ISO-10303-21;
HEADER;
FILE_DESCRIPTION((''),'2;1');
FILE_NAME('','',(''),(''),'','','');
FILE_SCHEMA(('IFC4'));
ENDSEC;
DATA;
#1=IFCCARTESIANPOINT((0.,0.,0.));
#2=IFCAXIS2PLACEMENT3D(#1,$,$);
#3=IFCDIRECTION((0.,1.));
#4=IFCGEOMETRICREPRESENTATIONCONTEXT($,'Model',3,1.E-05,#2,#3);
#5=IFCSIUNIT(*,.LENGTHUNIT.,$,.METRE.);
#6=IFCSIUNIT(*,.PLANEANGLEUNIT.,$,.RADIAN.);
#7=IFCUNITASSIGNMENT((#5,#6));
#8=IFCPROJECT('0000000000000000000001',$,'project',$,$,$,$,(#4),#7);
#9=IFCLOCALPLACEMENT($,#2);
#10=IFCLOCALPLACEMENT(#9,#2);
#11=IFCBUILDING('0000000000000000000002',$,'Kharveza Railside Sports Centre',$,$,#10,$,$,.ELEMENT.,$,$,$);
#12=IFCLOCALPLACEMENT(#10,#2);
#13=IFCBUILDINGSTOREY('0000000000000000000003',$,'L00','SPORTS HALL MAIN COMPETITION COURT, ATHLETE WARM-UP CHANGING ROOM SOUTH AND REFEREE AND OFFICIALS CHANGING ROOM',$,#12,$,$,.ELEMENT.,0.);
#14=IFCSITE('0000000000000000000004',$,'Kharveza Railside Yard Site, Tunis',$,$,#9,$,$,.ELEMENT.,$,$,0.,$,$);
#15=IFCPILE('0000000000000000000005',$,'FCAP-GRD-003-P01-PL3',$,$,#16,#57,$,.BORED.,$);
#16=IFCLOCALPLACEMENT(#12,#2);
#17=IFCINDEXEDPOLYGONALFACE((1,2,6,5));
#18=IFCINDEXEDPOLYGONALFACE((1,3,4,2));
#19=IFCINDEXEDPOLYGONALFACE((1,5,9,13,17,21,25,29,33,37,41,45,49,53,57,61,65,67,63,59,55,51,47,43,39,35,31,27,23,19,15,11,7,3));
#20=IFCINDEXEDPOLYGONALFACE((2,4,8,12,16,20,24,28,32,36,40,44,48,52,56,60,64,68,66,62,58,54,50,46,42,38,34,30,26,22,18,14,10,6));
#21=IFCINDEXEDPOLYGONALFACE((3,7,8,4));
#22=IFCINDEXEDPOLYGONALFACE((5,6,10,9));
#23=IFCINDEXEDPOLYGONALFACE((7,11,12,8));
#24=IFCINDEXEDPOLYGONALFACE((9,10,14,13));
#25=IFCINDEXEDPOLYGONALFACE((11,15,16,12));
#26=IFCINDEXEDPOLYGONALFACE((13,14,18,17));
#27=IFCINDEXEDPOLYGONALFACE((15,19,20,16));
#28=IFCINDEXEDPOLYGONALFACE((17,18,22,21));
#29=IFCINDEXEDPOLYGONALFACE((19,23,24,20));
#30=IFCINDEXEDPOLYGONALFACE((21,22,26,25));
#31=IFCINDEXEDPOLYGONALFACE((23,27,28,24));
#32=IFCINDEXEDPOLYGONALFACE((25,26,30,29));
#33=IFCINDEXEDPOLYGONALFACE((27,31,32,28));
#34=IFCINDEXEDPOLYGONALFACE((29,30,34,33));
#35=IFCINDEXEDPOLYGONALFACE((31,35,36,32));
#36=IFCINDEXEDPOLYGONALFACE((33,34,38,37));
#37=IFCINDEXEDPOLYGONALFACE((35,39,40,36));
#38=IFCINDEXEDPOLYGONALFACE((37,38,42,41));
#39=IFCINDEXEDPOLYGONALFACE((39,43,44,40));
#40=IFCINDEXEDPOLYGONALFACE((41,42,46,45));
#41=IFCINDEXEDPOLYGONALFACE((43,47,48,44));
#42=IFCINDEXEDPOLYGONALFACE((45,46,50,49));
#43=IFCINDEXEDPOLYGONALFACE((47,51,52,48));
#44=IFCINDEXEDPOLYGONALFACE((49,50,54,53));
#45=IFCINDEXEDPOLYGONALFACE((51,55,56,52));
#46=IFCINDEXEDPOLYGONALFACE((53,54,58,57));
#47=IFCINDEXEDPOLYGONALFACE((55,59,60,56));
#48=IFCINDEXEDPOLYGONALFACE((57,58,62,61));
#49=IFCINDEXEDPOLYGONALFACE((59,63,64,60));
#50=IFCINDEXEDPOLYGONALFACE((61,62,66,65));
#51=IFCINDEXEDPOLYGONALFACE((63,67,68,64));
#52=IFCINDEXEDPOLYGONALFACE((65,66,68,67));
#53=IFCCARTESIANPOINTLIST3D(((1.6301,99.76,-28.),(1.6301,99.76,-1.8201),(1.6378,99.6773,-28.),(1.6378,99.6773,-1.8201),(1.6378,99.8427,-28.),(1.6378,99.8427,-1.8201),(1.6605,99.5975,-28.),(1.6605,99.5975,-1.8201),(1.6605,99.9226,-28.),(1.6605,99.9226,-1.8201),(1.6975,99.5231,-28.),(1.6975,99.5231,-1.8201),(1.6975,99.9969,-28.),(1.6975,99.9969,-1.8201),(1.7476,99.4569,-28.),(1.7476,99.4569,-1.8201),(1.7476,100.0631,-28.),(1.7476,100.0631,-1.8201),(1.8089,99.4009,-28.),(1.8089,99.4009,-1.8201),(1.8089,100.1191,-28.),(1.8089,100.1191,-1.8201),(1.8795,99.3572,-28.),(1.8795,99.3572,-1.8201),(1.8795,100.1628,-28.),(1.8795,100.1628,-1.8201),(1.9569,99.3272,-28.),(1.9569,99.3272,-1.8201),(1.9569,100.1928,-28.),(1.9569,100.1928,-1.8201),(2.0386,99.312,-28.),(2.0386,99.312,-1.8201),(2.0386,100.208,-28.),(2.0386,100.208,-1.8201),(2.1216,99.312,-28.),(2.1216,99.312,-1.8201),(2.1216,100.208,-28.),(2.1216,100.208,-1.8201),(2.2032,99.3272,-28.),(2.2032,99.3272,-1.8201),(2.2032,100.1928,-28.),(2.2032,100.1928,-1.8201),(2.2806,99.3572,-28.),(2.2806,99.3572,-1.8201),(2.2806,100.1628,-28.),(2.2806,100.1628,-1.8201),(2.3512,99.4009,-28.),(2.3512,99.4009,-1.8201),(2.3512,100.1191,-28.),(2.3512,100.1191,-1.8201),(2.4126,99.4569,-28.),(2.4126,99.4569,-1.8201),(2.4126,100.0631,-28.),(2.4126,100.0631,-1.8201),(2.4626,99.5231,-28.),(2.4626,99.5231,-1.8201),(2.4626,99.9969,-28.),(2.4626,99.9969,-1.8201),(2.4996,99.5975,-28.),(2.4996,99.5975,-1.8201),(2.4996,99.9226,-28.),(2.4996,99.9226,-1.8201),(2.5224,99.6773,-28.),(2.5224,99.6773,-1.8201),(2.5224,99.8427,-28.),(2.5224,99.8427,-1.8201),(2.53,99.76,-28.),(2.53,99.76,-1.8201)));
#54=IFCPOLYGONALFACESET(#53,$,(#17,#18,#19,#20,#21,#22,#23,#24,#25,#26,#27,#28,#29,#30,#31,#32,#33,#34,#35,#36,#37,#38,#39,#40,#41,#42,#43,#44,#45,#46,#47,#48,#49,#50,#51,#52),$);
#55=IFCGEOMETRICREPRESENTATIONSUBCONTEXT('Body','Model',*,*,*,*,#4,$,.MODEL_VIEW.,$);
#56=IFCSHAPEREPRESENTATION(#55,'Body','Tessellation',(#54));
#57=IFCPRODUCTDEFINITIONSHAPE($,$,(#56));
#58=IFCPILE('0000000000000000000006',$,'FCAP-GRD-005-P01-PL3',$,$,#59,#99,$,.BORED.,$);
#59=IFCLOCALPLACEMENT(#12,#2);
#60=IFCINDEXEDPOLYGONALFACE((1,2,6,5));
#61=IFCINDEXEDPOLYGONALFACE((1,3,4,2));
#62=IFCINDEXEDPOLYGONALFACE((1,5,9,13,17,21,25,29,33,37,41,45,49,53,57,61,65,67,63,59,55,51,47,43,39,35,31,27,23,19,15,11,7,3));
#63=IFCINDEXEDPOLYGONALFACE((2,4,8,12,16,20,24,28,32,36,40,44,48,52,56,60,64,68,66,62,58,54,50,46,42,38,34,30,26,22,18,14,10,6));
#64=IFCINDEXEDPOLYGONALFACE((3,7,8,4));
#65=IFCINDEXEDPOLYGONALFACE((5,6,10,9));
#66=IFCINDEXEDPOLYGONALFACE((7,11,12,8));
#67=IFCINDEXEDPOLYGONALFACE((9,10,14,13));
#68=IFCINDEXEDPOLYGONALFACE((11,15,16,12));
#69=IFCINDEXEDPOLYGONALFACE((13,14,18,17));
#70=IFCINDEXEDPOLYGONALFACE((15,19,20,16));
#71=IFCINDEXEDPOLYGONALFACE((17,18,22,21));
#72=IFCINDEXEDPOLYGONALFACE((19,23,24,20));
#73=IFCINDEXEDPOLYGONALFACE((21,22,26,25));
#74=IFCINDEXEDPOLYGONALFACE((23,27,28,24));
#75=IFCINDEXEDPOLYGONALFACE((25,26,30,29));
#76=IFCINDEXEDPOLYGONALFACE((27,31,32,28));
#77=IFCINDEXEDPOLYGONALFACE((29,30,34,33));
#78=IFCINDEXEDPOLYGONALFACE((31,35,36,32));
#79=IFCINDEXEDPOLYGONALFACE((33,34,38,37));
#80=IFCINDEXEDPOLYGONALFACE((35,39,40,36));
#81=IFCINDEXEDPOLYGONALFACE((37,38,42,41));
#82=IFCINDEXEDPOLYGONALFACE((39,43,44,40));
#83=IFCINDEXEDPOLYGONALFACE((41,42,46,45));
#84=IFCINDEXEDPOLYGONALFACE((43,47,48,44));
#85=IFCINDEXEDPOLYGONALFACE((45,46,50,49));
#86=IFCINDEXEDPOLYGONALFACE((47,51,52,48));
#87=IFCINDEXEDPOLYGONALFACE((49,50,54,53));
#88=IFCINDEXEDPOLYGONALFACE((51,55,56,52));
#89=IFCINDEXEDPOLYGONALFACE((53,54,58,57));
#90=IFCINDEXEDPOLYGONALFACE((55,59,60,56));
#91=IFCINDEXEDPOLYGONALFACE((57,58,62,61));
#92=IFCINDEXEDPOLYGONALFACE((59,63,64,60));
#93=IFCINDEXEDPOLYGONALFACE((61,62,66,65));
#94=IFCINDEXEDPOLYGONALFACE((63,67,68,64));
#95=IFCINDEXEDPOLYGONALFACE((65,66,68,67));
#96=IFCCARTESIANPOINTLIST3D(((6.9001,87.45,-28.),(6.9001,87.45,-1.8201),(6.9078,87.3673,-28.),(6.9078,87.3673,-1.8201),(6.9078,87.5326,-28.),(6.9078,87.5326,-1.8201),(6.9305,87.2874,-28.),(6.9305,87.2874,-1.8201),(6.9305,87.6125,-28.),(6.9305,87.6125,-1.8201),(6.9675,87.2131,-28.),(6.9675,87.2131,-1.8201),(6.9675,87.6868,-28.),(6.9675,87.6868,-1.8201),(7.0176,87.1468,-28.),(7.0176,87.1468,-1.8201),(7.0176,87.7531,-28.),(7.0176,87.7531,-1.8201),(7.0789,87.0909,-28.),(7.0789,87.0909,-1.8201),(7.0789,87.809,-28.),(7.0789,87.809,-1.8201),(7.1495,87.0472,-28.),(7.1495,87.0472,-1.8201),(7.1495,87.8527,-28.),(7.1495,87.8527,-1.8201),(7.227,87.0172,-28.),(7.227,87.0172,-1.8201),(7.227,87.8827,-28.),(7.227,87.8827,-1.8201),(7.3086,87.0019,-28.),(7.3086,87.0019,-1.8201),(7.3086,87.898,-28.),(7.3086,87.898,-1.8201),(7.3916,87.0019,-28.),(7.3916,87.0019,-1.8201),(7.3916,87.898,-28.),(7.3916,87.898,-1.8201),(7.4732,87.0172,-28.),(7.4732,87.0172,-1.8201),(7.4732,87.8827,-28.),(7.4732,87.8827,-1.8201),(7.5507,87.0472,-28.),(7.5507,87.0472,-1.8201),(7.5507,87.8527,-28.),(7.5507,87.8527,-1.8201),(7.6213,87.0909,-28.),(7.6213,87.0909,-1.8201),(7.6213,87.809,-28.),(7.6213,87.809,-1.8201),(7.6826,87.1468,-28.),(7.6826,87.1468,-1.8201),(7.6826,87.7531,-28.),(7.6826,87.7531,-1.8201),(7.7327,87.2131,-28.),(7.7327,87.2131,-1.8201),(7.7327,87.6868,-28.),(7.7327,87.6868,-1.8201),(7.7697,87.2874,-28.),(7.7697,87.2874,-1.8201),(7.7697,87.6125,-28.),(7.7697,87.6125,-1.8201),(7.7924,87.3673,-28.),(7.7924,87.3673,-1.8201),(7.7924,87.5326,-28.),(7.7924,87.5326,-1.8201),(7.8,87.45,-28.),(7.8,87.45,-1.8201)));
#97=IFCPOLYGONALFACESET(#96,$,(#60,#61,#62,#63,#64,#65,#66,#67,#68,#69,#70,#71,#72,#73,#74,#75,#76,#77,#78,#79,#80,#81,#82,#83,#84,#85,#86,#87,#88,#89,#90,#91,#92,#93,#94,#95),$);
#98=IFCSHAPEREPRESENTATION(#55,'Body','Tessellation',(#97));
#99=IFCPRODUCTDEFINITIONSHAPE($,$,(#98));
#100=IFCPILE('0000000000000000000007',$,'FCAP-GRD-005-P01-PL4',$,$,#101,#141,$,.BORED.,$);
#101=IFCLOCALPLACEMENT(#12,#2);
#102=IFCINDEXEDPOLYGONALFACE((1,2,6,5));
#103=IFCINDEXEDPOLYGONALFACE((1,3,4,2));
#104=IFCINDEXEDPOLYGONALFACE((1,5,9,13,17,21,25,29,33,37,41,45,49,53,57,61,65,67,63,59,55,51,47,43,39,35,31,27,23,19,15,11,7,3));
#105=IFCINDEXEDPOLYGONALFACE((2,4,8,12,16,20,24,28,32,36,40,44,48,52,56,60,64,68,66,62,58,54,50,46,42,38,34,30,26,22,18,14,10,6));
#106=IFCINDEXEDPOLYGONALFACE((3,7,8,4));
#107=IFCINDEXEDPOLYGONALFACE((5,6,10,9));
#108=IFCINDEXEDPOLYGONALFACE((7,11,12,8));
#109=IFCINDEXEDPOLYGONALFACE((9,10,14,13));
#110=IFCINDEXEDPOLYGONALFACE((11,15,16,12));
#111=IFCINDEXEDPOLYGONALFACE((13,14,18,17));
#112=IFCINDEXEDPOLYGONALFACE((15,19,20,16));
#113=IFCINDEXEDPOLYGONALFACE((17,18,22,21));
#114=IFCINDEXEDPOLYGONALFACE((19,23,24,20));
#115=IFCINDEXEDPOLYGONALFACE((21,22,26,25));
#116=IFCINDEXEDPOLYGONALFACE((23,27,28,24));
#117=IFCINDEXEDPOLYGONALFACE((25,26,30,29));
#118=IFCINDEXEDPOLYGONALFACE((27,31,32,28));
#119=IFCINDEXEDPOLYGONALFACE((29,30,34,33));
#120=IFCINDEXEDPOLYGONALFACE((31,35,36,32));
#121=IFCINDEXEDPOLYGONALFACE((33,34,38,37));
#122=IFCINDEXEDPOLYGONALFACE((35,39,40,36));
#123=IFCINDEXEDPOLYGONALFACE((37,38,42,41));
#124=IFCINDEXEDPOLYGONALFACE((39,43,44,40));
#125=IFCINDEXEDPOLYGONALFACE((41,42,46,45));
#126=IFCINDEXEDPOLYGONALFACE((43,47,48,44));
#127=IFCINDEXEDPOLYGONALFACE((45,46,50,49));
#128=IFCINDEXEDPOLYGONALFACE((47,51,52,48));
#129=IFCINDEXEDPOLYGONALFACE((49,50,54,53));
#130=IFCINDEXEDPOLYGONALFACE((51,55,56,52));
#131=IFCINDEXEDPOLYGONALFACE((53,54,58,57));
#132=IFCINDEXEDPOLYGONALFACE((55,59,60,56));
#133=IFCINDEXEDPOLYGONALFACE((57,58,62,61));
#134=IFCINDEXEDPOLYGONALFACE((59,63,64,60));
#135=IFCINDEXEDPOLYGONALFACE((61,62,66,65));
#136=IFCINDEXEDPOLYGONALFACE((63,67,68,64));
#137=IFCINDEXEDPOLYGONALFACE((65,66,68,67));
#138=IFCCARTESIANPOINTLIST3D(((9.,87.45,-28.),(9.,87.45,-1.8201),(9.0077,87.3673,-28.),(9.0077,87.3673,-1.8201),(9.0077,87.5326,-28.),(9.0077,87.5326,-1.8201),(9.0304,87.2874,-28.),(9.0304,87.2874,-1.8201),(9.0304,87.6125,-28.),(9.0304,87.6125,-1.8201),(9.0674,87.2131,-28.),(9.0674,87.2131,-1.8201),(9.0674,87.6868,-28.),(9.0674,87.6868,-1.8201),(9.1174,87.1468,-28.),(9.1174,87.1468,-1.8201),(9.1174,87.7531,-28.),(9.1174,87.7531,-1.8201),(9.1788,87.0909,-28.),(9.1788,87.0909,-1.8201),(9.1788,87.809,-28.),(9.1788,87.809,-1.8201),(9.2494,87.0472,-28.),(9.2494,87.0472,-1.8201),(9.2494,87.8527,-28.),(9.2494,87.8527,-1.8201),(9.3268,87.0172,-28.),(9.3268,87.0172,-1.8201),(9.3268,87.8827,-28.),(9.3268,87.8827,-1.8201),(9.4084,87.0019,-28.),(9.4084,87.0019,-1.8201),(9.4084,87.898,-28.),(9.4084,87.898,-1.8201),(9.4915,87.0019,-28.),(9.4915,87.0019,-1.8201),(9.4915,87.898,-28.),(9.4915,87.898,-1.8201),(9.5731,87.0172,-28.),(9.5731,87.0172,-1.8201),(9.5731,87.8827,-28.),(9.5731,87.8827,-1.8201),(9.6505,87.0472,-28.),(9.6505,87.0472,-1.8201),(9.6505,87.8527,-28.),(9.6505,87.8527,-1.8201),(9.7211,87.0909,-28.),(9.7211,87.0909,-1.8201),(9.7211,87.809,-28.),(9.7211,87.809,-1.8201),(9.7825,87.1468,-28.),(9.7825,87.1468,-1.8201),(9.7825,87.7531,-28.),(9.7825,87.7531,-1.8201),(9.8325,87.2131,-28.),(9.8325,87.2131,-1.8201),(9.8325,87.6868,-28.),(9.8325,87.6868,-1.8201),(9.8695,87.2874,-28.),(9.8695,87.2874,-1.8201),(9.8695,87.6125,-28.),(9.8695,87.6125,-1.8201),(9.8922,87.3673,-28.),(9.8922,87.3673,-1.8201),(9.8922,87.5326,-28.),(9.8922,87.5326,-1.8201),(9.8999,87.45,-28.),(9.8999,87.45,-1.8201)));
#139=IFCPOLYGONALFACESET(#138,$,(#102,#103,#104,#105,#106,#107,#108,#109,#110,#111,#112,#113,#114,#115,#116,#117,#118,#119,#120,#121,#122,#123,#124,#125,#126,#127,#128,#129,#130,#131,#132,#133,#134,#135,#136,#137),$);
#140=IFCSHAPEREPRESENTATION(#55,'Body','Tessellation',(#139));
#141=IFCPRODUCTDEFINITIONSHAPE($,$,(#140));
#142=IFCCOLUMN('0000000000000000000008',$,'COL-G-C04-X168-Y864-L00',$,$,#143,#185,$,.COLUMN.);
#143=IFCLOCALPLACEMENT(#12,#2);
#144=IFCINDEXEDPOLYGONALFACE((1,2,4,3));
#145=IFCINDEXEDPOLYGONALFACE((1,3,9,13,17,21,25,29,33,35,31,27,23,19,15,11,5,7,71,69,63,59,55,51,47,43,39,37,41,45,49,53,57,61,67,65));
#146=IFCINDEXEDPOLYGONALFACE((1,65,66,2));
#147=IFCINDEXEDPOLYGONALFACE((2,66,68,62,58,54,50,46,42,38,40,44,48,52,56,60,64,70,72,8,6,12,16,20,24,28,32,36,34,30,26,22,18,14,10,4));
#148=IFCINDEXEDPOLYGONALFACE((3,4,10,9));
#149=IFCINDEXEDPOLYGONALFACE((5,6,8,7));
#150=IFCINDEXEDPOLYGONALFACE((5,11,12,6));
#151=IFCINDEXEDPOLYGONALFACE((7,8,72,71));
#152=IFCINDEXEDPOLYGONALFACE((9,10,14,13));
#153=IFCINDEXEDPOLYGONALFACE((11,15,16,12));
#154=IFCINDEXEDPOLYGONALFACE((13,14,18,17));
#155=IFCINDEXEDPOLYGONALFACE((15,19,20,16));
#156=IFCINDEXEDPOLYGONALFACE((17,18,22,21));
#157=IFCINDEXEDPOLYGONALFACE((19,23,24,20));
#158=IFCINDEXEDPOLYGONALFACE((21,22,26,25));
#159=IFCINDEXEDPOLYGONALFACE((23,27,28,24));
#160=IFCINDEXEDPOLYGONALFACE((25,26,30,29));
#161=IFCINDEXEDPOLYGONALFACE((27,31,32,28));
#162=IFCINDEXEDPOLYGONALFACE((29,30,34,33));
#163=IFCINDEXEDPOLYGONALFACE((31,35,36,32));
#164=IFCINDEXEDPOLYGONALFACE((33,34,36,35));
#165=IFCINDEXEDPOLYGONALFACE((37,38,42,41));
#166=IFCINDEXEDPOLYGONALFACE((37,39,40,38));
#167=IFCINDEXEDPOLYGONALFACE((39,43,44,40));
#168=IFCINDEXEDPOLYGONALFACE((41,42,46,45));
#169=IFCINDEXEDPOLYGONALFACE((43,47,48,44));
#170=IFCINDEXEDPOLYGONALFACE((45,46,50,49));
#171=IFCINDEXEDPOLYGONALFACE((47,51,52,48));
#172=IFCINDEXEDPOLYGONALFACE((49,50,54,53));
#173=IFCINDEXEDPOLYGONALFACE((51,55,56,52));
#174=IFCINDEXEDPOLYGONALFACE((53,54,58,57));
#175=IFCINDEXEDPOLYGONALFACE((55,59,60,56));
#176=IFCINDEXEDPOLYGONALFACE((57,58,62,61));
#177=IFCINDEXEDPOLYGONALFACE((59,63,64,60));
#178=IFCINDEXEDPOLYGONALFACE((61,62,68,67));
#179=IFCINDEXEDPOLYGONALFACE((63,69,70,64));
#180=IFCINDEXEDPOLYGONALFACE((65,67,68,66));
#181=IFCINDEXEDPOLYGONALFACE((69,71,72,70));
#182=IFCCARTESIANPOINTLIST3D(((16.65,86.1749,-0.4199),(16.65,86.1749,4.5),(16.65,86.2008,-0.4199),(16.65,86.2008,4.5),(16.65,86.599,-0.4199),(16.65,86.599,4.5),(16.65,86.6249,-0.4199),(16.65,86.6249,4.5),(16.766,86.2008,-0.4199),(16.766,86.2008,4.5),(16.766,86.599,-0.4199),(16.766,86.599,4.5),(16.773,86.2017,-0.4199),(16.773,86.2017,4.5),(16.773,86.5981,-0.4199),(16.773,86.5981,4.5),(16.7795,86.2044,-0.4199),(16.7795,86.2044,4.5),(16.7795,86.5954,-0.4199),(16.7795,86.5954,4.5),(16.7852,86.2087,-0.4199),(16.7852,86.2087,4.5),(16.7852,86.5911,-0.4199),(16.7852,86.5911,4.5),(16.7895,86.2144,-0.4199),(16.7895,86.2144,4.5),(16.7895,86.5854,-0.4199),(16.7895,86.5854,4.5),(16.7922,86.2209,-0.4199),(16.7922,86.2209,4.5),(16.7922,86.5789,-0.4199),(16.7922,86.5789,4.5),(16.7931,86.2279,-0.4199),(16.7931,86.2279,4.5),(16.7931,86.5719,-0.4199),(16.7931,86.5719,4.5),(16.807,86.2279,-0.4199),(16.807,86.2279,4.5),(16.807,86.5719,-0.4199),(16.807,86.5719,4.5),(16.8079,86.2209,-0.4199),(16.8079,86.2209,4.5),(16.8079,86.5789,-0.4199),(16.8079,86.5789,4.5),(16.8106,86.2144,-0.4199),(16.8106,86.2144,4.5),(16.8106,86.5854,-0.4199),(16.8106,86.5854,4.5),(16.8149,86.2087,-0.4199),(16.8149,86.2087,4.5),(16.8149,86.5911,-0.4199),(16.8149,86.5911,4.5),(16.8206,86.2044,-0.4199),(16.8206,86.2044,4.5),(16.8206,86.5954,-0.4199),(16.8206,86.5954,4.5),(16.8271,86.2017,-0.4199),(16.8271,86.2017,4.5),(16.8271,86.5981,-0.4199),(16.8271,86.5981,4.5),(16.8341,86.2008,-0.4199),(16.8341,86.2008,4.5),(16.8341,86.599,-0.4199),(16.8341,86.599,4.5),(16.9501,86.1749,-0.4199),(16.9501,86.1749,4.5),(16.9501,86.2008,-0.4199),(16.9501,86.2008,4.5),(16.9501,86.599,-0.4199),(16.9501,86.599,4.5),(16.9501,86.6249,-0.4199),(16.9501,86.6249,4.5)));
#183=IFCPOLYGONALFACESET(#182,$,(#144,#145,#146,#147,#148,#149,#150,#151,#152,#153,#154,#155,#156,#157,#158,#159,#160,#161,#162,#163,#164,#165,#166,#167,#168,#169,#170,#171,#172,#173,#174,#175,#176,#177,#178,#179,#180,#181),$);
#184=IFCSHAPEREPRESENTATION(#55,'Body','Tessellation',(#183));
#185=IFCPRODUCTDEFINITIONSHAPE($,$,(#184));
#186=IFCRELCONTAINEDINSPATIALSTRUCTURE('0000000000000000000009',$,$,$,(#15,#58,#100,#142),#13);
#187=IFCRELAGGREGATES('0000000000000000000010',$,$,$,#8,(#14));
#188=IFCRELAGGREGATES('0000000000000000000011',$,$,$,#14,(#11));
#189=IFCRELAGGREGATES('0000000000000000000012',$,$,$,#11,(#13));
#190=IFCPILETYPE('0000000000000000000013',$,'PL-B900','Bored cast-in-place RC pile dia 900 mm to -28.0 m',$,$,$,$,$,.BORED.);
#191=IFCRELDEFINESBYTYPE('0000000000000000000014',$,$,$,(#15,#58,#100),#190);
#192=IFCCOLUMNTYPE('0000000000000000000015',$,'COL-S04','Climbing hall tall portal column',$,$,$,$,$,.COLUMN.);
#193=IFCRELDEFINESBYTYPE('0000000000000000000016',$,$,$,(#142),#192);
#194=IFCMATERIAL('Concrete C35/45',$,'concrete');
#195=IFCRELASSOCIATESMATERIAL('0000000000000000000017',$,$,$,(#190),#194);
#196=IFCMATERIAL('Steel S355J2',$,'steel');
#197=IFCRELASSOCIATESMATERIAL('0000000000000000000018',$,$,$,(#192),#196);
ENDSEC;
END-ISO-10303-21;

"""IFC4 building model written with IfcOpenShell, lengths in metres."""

from ifc_helpers import new_model, si_unit, direction, frame, origin, origin_2d, place, context, subcontext, project, spatial, circle, i_section, extrude, material, material_profile, profile_set, type_object, element, save


model = new_model("IFC4")

# Units and contexts
model_context = context("Model", 3, precision=1e-05, world=origin(), true_north=direction((0.0, 1.0)))
body_context = subcontext(model_context, "Body", "Model", "MODEL_VIEW")
ifc_project = project(units=[si_unit("LENGTHUNIT", "METRE"), si_unit("PLANEANGLEUNIT", "RADIAN")], contexts=[model_context])

# Site, building, storey
site_placement = place(None, origin())
site = spatial("IfcSite", under=ifc_project, at=site_placement, Name="Kharveza Railside Yard Site, Tunis", CompositionType="ELEMENT", RefElevation=0.0)
building_placement = place(site_placement, origin())
building = spatial("IfcBuilding", under=site, at=building_placement, Name="Kharveza Railside Sports Centre", CompositionType="ELEMENT")
storey_placement = place(building_placement, origin())
storey = spatial("IfcBuildingStorey", under=building, at=storey_placement, Name="L00", Description="SPORTS HALL MAIN COMPETITION COURT, ATHLETE WARM-UP CHANGING ROOM SOUTH AND REFEREE AND OFFICIALS CHANGING ROOM", CompositionType="ELEMENT", Elevation=0.0)

# Piles
ifc_material_1 = material(Name="Concrete C35/45", Category="concrete")
ifc_material_profile_1 = material_profile(ifc_material_1, circle(Radius=0.45, at=origin_2d()), Name="PILE D900")
ifc_profile_set_1 = profile_set([ifc_material_profile_1], Name="Concrete C35/45")
pile_type_1 = type_object("IfcPileType", Name="PL-B900", Description="Bored cast-in-place RC pile dia 900 mm to -28.0 m", PredefinedType="BORED", material=ifc_profile_set_1)
for number, where, z_axis, x_axis, name in (
    (1, (2.0801, 99.76, -1.8201), (0.0, 0.0, -1.0), (1.0, 0.0, 0.0), "FCAP-GRD-003-P01-PL3"),
    (2, (7.3501, 87.45, -1.8201), (0.0, 0.0, -1.0), (1.0, 0.0, 0.0), "FCAP-GRD-005-P01-PL3"),
    (3, (9.45, 87.45, -1.8201), (0.0, 0.0, -1.0), (1.0, 0.0, 0.0), "FCAP-GRD-005-P01-PL4"),
):
    element("IfcPile", number, at=place(storey_placement, frame(where, z_axis=z_axis, x_axis=x_axis)), inside=storey, type_object=pile_type_1, Name=name, PredefinedType="BORED", context=body_context, shape_type="SweptSolid", body=[
        extrude(circle(Radius=0.45, at=origin_2d()), origin(), (0.0, 0.0, 1.0), 26.1799),
    ])

# Column
ifc_material_2 = material(Name="Steel S355J2", Category="steel")
ifc_material_profile_2 = material_profile(ifc_material_2, i_section(OverallWidth=0.3, OverallDepth=0.45, WebThickness=0.0139, FlangeThickness=0.0259, FilletRadius=0.0271, at=origin_2d()), Name="HEB 450")
ifc_profile_set_2 = profile_set([ifc_material_profile_2], Name="Steel S355J2")
column_type = type_object("IfcColumnType", Name="COL-S04", Description="Climbing hall tall portal column", PredefinedType="COLUMN", material=ifc_profile_set_2)
for number, where, z_axis, x_axis, name in (
    (4, (16.8, 86.3999, -0.4199), (0.0, 0.0, 1.0), (1.0, 0.0, 0.0), "COL-G-C04-X168-Y864-L00"),
):
    element("IfcColumn", number, at=place(storey_placement, frame(where, z_axis=z_axis, x_axis=x_axis)), inside=storey, type_object=column_type, Name=name, PredefinedType="COLUMN", context=body_context, shape_type="SweptSolid", body=[
        extrude(i_section(OverallWidth=0.3, OverallDepth=0.45, WebThickness=0.0139, FlangeThickness=0.0259, FilletRadius=0.0271, at=origin_2d()), origin(), (0.0, 0.0, 1.0), 4.9199),
    ])

save(model, "model.ifc")
